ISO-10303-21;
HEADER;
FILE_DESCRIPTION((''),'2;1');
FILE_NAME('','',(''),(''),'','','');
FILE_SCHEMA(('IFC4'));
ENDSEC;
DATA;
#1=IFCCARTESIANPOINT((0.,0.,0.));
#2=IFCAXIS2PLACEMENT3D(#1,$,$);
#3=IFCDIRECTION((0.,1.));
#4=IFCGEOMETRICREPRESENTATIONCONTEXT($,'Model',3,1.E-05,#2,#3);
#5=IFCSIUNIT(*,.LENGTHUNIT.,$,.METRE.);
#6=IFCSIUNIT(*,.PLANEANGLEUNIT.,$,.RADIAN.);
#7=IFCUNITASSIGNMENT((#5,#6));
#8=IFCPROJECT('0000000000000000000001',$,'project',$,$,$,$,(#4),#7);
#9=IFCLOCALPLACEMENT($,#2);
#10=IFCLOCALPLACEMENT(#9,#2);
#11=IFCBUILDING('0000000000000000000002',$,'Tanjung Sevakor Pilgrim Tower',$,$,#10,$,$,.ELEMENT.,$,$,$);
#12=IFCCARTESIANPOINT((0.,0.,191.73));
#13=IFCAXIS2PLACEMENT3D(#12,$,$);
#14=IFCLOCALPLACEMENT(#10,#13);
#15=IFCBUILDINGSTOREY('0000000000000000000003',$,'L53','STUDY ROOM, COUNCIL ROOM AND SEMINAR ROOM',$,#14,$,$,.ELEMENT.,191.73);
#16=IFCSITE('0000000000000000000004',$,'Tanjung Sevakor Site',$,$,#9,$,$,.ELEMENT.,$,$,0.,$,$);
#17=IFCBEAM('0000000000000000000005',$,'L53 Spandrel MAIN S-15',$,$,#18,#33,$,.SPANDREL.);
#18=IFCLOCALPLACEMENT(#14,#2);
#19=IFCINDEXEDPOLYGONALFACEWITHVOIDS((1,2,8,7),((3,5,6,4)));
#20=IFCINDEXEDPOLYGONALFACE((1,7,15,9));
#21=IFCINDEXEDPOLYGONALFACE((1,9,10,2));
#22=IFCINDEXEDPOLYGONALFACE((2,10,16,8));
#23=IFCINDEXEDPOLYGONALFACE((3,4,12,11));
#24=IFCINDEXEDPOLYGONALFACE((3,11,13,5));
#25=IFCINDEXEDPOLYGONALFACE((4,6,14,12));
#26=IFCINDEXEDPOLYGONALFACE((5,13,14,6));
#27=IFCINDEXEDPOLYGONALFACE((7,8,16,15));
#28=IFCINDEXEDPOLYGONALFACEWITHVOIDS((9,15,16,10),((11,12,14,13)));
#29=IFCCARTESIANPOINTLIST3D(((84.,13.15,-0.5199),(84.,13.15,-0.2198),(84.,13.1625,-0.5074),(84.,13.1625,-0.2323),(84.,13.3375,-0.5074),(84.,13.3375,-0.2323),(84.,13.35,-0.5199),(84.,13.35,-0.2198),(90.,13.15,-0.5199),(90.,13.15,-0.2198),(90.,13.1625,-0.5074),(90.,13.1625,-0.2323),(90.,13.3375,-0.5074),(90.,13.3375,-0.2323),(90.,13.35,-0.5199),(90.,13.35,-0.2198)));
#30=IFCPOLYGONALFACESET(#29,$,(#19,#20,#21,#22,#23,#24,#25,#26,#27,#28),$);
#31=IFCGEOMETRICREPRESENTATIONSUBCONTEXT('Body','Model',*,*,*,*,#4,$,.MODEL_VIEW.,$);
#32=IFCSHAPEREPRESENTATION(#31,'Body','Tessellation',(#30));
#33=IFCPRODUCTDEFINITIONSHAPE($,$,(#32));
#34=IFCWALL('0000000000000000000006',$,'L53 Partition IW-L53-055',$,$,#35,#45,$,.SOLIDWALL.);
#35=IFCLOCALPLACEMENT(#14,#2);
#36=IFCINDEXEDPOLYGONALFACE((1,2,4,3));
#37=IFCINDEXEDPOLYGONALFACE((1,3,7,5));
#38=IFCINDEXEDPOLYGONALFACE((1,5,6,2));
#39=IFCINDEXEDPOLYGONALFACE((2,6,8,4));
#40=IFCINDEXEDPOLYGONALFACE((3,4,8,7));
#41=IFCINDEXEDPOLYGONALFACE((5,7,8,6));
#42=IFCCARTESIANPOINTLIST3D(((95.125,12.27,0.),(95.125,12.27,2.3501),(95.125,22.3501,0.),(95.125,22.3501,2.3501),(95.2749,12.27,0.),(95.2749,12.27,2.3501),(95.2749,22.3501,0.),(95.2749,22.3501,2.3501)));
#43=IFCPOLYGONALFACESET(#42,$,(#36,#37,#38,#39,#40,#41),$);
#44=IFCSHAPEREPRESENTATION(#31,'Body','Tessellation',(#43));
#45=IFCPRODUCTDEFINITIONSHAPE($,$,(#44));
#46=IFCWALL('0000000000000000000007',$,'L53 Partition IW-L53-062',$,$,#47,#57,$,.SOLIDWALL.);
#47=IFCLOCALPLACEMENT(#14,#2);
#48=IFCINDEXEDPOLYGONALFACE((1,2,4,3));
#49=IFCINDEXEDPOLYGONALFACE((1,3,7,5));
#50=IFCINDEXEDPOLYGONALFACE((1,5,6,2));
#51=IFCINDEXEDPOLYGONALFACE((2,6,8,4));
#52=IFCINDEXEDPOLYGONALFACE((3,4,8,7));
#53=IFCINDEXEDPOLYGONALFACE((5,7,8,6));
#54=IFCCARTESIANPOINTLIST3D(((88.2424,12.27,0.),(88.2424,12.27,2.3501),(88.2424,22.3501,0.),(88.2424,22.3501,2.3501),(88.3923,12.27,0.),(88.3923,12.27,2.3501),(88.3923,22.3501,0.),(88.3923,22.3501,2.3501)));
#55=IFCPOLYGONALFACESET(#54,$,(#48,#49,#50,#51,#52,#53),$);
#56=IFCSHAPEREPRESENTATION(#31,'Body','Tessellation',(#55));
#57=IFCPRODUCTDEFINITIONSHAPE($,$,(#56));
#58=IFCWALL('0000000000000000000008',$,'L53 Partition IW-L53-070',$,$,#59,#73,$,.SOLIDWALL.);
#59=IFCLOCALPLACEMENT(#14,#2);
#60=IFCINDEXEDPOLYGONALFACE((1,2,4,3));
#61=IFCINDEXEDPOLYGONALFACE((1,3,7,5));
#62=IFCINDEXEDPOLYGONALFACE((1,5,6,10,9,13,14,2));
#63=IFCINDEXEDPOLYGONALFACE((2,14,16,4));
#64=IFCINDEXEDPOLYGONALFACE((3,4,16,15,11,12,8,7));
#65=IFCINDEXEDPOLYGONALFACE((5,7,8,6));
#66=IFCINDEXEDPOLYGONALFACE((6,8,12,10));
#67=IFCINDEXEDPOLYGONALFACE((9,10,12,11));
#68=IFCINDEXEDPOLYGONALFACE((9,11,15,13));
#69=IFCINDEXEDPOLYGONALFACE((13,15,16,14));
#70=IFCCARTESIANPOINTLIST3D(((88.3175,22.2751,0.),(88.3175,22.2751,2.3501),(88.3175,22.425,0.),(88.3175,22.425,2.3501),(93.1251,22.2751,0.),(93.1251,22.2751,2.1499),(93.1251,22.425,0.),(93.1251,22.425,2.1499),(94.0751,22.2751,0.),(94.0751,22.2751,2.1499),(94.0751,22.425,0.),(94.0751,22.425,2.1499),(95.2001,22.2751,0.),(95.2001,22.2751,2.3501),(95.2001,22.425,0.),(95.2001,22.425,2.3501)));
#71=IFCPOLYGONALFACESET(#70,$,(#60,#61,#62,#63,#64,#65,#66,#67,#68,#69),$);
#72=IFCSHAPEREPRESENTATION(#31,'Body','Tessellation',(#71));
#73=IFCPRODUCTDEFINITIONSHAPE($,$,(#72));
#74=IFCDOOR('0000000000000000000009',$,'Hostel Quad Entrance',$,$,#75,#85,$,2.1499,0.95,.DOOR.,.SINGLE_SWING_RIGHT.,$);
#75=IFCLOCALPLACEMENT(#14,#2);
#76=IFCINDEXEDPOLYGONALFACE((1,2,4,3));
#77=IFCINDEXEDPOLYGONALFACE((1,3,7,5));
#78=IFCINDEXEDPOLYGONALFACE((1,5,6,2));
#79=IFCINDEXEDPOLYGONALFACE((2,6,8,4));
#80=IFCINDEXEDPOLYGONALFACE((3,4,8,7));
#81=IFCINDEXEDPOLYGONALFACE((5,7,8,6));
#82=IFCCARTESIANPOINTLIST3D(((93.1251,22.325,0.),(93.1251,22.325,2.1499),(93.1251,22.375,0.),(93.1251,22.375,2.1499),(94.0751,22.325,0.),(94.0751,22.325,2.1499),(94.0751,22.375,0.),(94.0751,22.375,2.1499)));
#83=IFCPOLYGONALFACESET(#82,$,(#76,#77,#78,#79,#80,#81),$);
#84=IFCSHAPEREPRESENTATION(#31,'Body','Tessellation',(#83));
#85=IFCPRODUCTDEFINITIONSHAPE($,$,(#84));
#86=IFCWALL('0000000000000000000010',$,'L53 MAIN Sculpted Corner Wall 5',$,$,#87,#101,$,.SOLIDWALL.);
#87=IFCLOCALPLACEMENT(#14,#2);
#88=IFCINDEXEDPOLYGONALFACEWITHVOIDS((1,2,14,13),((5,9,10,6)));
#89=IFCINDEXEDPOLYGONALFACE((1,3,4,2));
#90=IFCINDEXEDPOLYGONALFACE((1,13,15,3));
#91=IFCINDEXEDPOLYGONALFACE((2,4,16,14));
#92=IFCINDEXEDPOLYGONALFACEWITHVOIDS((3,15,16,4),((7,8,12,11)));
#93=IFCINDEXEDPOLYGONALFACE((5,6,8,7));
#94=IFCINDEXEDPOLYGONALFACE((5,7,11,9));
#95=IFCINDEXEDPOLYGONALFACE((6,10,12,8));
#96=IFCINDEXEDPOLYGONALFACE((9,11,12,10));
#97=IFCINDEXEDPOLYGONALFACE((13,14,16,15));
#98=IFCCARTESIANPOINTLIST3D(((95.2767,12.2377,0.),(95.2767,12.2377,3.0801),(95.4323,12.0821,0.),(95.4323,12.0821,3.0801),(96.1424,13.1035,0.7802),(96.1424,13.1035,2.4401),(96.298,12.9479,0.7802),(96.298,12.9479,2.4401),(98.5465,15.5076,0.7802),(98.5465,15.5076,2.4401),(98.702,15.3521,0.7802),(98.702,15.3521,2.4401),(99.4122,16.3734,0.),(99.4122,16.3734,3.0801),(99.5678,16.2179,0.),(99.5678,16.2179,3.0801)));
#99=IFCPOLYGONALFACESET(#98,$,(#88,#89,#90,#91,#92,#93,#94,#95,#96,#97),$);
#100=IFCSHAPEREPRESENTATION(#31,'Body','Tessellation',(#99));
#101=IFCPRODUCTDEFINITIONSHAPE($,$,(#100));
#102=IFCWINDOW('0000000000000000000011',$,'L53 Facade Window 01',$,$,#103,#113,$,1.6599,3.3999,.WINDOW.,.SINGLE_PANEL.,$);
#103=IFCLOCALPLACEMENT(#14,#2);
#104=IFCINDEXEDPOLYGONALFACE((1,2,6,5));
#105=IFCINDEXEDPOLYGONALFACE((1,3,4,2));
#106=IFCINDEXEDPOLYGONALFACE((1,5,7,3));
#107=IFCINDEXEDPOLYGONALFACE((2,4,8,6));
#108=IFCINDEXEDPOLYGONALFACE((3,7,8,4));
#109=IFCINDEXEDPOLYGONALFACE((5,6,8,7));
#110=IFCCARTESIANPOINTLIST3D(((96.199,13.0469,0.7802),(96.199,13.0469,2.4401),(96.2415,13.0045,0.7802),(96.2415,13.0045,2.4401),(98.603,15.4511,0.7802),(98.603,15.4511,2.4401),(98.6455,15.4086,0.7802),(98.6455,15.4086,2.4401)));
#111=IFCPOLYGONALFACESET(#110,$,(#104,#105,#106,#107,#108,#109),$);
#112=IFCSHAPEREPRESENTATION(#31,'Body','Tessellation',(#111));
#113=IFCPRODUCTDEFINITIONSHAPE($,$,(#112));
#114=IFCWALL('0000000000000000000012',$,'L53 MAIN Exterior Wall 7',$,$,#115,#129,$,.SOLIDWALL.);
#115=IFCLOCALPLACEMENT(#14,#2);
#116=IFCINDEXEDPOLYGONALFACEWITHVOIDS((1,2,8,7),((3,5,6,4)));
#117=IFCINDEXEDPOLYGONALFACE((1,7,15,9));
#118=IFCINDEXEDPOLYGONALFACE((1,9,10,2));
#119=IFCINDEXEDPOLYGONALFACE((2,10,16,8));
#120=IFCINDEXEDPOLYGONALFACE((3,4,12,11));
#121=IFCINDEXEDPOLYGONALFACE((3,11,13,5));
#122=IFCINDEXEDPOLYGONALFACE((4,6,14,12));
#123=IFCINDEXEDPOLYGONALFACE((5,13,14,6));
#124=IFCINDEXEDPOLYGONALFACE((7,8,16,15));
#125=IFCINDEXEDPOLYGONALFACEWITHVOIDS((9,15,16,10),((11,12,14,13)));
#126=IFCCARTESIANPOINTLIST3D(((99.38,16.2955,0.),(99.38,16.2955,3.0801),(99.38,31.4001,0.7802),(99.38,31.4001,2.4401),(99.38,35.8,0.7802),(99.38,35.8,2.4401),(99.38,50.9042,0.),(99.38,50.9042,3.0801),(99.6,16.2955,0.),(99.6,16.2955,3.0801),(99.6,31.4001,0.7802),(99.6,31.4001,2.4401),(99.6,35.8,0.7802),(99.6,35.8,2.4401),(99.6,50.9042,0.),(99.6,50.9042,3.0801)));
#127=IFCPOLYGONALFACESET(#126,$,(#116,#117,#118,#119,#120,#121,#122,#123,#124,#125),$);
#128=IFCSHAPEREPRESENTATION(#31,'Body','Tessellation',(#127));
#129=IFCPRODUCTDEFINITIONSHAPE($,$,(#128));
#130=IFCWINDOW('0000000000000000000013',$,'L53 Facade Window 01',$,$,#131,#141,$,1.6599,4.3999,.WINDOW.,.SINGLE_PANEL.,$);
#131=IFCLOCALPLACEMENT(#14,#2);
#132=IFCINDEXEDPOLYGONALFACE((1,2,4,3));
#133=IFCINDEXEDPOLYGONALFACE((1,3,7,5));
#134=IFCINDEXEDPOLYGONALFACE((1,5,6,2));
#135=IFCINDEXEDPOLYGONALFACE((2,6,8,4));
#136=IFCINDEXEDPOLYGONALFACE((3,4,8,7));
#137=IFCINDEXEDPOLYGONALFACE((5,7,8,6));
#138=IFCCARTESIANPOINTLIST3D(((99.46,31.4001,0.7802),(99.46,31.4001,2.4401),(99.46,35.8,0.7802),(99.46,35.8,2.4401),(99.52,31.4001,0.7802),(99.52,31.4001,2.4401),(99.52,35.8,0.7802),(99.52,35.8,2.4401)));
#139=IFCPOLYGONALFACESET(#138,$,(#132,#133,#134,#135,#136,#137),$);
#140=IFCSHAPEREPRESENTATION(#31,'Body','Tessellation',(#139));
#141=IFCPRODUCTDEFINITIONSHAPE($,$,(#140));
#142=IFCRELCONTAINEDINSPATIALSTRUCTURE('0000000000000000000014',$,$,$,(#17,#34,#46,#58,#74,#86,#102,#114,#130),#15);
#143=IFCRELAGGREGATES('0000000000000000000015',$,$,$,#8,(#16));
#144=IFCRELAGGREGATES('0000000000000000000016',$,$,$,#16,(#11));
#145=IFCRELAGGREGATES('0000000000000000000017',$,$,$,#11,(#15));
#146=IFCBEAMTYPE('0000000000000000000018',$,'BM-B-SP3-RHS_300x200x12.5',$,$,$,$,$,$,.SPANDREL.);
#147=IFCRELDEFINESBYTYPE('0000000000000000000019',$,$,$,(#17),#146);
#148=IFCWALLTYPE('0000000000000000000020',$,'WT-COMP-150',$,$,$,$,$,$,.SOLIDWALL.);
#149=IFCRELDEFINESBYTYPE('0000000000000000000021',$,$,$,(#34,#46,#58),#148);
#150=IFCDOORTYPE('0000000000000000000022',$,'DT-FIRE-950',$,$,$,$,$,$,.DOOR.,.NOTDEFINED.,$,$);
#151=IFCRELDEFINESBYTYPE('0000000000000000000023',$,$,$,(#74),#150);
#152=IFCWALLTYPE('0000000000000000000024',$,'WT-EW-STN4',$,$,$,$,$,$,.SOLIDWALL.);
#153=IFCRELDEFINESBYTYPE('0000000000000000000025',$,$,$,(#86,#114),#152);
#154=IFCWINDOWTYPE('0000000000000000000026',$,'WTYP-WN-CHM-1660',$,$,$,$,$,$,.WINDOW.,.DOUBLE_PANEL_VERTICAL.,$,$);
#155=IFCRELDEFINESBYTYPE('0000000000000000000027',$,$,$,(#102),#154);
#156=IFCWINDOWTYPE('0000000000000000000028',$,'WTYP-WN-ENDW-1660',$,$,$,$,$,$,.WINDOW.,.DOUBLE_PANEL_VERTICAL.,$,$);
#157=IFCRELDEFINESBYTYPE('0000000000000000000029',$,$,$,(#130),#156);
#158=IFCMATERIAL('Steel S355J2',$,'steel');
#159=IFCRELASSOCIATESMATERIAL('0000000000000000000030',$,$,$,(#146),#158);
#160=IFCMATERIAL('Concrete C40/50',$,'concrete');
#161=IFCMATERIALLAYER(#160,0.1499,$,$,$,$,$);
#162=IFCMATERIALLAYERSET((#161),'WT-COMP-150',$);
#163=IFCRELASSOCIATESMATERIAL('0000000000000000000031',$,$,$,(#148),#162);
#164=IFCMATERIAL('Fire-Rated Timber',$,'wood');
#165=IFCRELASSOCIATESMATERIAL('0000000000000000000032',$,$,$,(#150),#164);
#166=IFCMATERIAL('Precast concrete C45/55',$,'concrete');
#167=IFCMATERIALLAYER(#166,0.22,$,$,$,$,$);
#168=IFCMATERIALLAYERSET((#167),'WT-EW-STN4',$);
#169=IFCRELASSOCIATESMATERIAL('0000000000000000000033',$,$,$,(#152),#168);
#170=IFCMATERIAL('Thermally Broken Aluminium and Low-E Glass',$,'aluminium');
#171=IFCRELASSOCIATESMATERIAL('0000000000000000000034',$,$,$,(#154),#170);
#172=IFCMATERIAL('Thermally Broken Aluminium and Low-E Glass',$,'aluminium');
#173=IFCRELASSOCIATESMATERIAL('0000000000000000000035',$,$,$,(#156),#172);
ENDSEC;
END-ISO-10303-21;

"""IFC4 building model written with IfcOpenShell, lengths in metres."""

from ifc_helpers import new_model, si_unit, direction, frame, frame_2d, origin, origin_2d, place, context, subcontext, project, spatial, rectangle, hollow_rectangle, extrude, material, layer, layer_set, material_profile, profile_set, type_object, element, fill, save


model = new_model("IFC4")

# Units and contexts
model_context = context("Model", 3, precision=1e-05, world=origin(), true_north=direction((0.0, 1.0)))
body_context = subcontext(model_context, "Body", "Model", "MODEL_VIEW")
ifc_project = project(units=[si_unit("LENGTHUNIT", "METRE"), si_unit("PLANEANGLEUNIT", "RADIAN")], contexts=[model_context])

# Site, building, storey
site_placement = place(None, origin())
site = spatial("IfcSite", under=ifc_project, at=site_placement, Name="Tanjung Sevakor Site", CompositionType="ELEMENT", RefElevation=0.0)
building_placement = place(site_placement, origin())
building = spatial("IfcBuilding", under=site, at=building_placement, Name="Tanjung Sevakor Pilgrim Tower", CompositionType="ELEMENT")
storey_placement = place(building_placement, frame((0.0, 0.0, 191.73)))
storey = spatial("IfcBuildingStorey", under=building, at=storey_placement, Name="L53", Description="STUDY ROOM, COUNCIL ROOM AND SEMINAR ROOM", CompositionType="ELEMENT", Elevation=191.73)

# Beam
ifc_material_1 = material(Name="Steel S355J2", Category="steel")
ifc_material_profile_1 = material_profile(ifc_material_1, hollow_rectangle(XDim=0.2, YDim=0.3, WallThickness=0.0125, at=origin_2d()))
ifc_profile_set_1 = profile_set([ifc_material_profile_1], Name="Steel S355J2")
beam_type_1 = type_object("IfcBeamType", Name="BM-B-SP3-RHS_300x200x12.5", PredefinedType="SPANDREL", material=ifc_profile_set_1)
beam_1_placement = place(storey_placement, frame((84.0, 13.25, -0.3699), z_axis=(1.0, 0.0, 0.0), x_axis=(0.0, 1.0, 0.0)))
element("IfcBeam", 1, at=beam_1_placement, inside=storey, type_object=beam_type_1, Name="L53 Spandrel MAIN S-15", PredefinedType="SPANDREL", context=body_context, shape_type="SweptSolid", body=[
    extrude(hollow_rectangle(XDim=0.2, YDim=0.3, WallThickness=0.0125, at=origin_2d()), origin(), (0.0, 0.0, 1.0), 6.0),
])

# Walls
ifc_material_2 = material(Name="Concrete C40/50", Category="concrete")
ifc_layer_1 = layer(ifc_material_2, 0.1499)
ifc_layer_set_1 = layer_set([ifc_layer_1], Name="WT-COMP-150")
wall_type_1 = type_object("IfcWallType", Name="WT-COMP-150", PredefinedType="SOLIDWALL", material=ifc_layer_set_1)
for number, where, z_axis, x_axis, name in (
    (2, (95.2, 12.27, 0.0), (0.0, 0.0, 1.0), (0.0, 1.0, 0.0), "L53 Partition IW-L53-055"),
    (3, (88.3174, 12.27, 0.0), (0.0, 0.0, 1.0), (0.0, 1.0, 0.0), "L53 Partition IW-L53-062"),
):
    element("IfcWall", number, at=place(storey_placement, frame(where, z_axis=z_axis, x_axis=x_axis)), inside=storey, type_object=wall_type_1, Name=name, PredefinedType="SOLIDWALL", context=body_context, shape_type="SweptSolid", body=[
        extrude(rectangle(XDim=10.0801, YDim=0.1499, at=frame_2d((5.04, 0.0))), origin(), (0.0, 0.0, 1.0), 2.3501),
    ])

# Wall, opening, door
wall_1_placement = place(storey_placement, frame((88.3174, 22.3501, 0.0), z_axis=(0.0, 0.0, 1.0), x_axis=(1.0, 0.0, 0.0)))
wall_1 = element("IfcWall", 4, at=wall_1_placement, inside=storey, type_object=wall_type_1, Name="L53 Partition IW-L53-070", PredefinedType="SOLIDWALL", context=body_context, shape_type="SweptSolid", body=[
    extrude(rectangle(XDim=6.8826, YDim=0.1499, at=frame_2d((3.4414, 0.0))), origin(), (0.0, 0.0, 1.0), 2.3501),
])
opening_1_placement = place(wall_1_placement, frame((4.8076, 0.0, 0.0)))
opening_1 = element("IfcOpeningElement", 5, at=opening_1_placement, cuts=wall_1, PredefinedType="OPENING", context=body_context, shape_type="SweptSolid", body=[
    extrude(rectangle(XDim=0.95, YDim=2.1499, at=frame_2d((0.4751, 1.075))), frame((0.0, 0.085, 0.0), z_axis=(0.0, -1.0, 0.0), x_axis=(1.0, 0.0, 0.0)), (0.0, 0.0, 1.0), 0.1699),
])
ifc_material_3 = material(Name="Fire-Rated Timber", Category="wood")
door_type_1 = type_object("IfcDoorType", Name="DT-FIRE-950", OperationType="NOTDEFINED", PredefinedType="DOOR", material=ifc_material_3)
door_1_placement = place(opening_1_placement, origin())
door_1 = element("IfcDoor", 6, at=door_1_placement, inside=storey, type_object=door_type_1, Name="Hostel Quad Entrance", OperationType="SINGLE_SWING_RIGHT", OverallHeight=2.1499, OverallWidth=0.95, PredefinedType="DOOR", context=body_context, shape_type="SweptSolid", body=[
    extrude(rectangle(XDim=0.95, YDim=2.1499, at=frame_2d((0.4751, 1.075))), frame((0.0, 0.0249, 0.0), z_axis=(0.0, -1.0, 0.0), x_axis=(1.0, 0.0, 0.0)), (0.0, 0.0, 1.0), 0.05),
])
fill(opening_1, door_1)

# Walls, openings, windows
ifc_material_4 = material(Name="Precast concrete C45/55", Category="concrete")
ifc_layer_2 = layer(ifc_material_4, 0.22)
ifc_layer_set_2 = layer_set([ifc_layer_2], Name="WT-EW-STN4")
wall_type_2 = type_object("IfcWallType", Name="WT-EW-STN4", PredefinedType="SOLIDWALL", material=ifc_layer_set_2)
wall_2_placement = place(storey_placement, frame((95.3545, 12.1599, 0.0), z_axis=(0.0, 0.0, 1.0), x_axis=(0.707086, 0.707128, 0.0)))
wall_2 = element("IfcWall", 7, at=wall_2_placement, inside=storey, type_object=wall_type_2, Name="L53 MAIN Sculpted Corner Wall 5", PredefinedType="SOLIDWALL", context=body_context, shape_type="SweptSolid", body=[
    extrude(rectangle(XDim=5.8486, YDim=0.22, at=frame_2d((2.9243, 0.0))), origin(), (0.0, 0.0, 1.0), 3.0801),
])
opening_2_placement = place(wall_2_placement, frame((1.2244, 0.0, 0.78)))
opening_2 = element("IfcOpeningElement", 8, at=opening_2_placement, cuts=wall_2, PredefinedType="OPENING", context=body_context, shape_type="SweptSolid", body=[
    extrude(rectangle(XDim=3.3999, YDim=1.6599, at=frame_2d((1.7, 0.8301))), frame((0.0, 0.1199, 0.0), z_axis=(0.0, -1.0, 0.0), x_axis=(1.0, 0.0, 0.0)), (0.0, 0.0, 1.0), 0.24),
])
ifc_material_5 = material(Name="Thermally Broken Aluminium and Low-E Glass", Category="aluminium")
window_type_1 = type_object("IfcWindowType", Name="WTYP-WN-CHM-1660", PartitioningType="DOUBLE_PANEL_VERTICAL", PredefinedType="WINDOW", material=ifc_material_5)
window_1_placement = place(opening_2_placement, origin())
window_1 = element("IfcWindow", 9, at=window_1_placement, inside=storey, type_object=window_type_1, Name="L53 Facade Window 01", OverallHeight=1.6599, OverallWidth=3.3999, PartitioningType="SINGLE_PANEL", PredefinedType="WINDOW", context=body_context, shape_type="SweptSolid", body=[
    extrude(rectangle(XDim=3.3999, YDim=1.6599, at=frame_2d((1.7, 0.8301))), frame((0.0, 0.03, 0.0), z_axis=(0.0, -1.0, 0.0), x_axis=(1.0, 0.0, 0.0)), (0.0, 0.0, 1.0), 0.0601),
])
fill(opening_2, window_1)
wall_3_placement = place(storey_placement, frame((99.49, 16.2957, 0.0), z_axis=(0.0, 0.0, 1.0), x_axis=(0.0, 1.0, 0.0)))
wall_3 = element("IfcWall", 10, at=wall_3_placement, inside=storey, type_object=wall_type_2, Name="L53 MAIN Exterior Wall 7", PredefinedType="SOLIDWALL", context=body_context, shape_type="SweptSolid", body=[
    extrude(rectangle(XDim=34.6086, YDim=0.22, at=frame_2d((17.3042, 0.0))), origin(), (0.0, 0.0, 1.0), 3.0801),
])
opening_3_placement = place(wall_3_placement, frame((15.1045, 0.0, 0.78)))
opening_3 = element("IfcOpeningElement", 11, at=opening_3_placement, cuts=wall_3, PredefinedType="OPENING", context=body_context, shape_type="SweptSolid", body=[
    extrude(rectangle(XDim=4.3999, YDim=1.6599, at=frame_2d((2.2, 0.8301))), frame((0.0, 0.1199, 0.0), z_axis=(0.0, -1.0, 0.0), x_axis=(1.0, 0.0, 0.0)), (0.0, 0.0, 1.0), 0.24),
])
ifc_material_6 = material(Name="Thermally Broken Aluminium and Low-E Glass", Category="aluminium")
window_type_2 = type_object("IfcWindowType", Name="WTYP-WN-ENDW-1660", PartitioningType="DOUBLE_PANEL_VERTICAL", PredefinedType="WINDOW", material=ifc_material_6)
window_2_placement = place(opening_3_placement, origin())
window_2 = element("IfcWindow", 12, at=window_2_placement, inside=storey, type_object=window_type_2, Name="L53 Facade Window 01", OverallHeight=1.6599, OverallWidth=4.3999, PartitioningType="SINGLE_PANEL", PredefinedType="WINDOW", context=body_context, shape_type="SweptSolid", body=[
    extrude(rectangle(XDim=4.3999, YDim=1.6599, at=frame_2d((2.2, 0.8301))), frame((0.0, 0.03, 0.0), z_axis=(0.0, -1.0, 0.0), x_axis=(1.0, 0.0, 0.0)), (0.0, 0.0, 1.0), 0.0601),
])
fill(opening_3, window_2)

save(model, "model.ifc")
